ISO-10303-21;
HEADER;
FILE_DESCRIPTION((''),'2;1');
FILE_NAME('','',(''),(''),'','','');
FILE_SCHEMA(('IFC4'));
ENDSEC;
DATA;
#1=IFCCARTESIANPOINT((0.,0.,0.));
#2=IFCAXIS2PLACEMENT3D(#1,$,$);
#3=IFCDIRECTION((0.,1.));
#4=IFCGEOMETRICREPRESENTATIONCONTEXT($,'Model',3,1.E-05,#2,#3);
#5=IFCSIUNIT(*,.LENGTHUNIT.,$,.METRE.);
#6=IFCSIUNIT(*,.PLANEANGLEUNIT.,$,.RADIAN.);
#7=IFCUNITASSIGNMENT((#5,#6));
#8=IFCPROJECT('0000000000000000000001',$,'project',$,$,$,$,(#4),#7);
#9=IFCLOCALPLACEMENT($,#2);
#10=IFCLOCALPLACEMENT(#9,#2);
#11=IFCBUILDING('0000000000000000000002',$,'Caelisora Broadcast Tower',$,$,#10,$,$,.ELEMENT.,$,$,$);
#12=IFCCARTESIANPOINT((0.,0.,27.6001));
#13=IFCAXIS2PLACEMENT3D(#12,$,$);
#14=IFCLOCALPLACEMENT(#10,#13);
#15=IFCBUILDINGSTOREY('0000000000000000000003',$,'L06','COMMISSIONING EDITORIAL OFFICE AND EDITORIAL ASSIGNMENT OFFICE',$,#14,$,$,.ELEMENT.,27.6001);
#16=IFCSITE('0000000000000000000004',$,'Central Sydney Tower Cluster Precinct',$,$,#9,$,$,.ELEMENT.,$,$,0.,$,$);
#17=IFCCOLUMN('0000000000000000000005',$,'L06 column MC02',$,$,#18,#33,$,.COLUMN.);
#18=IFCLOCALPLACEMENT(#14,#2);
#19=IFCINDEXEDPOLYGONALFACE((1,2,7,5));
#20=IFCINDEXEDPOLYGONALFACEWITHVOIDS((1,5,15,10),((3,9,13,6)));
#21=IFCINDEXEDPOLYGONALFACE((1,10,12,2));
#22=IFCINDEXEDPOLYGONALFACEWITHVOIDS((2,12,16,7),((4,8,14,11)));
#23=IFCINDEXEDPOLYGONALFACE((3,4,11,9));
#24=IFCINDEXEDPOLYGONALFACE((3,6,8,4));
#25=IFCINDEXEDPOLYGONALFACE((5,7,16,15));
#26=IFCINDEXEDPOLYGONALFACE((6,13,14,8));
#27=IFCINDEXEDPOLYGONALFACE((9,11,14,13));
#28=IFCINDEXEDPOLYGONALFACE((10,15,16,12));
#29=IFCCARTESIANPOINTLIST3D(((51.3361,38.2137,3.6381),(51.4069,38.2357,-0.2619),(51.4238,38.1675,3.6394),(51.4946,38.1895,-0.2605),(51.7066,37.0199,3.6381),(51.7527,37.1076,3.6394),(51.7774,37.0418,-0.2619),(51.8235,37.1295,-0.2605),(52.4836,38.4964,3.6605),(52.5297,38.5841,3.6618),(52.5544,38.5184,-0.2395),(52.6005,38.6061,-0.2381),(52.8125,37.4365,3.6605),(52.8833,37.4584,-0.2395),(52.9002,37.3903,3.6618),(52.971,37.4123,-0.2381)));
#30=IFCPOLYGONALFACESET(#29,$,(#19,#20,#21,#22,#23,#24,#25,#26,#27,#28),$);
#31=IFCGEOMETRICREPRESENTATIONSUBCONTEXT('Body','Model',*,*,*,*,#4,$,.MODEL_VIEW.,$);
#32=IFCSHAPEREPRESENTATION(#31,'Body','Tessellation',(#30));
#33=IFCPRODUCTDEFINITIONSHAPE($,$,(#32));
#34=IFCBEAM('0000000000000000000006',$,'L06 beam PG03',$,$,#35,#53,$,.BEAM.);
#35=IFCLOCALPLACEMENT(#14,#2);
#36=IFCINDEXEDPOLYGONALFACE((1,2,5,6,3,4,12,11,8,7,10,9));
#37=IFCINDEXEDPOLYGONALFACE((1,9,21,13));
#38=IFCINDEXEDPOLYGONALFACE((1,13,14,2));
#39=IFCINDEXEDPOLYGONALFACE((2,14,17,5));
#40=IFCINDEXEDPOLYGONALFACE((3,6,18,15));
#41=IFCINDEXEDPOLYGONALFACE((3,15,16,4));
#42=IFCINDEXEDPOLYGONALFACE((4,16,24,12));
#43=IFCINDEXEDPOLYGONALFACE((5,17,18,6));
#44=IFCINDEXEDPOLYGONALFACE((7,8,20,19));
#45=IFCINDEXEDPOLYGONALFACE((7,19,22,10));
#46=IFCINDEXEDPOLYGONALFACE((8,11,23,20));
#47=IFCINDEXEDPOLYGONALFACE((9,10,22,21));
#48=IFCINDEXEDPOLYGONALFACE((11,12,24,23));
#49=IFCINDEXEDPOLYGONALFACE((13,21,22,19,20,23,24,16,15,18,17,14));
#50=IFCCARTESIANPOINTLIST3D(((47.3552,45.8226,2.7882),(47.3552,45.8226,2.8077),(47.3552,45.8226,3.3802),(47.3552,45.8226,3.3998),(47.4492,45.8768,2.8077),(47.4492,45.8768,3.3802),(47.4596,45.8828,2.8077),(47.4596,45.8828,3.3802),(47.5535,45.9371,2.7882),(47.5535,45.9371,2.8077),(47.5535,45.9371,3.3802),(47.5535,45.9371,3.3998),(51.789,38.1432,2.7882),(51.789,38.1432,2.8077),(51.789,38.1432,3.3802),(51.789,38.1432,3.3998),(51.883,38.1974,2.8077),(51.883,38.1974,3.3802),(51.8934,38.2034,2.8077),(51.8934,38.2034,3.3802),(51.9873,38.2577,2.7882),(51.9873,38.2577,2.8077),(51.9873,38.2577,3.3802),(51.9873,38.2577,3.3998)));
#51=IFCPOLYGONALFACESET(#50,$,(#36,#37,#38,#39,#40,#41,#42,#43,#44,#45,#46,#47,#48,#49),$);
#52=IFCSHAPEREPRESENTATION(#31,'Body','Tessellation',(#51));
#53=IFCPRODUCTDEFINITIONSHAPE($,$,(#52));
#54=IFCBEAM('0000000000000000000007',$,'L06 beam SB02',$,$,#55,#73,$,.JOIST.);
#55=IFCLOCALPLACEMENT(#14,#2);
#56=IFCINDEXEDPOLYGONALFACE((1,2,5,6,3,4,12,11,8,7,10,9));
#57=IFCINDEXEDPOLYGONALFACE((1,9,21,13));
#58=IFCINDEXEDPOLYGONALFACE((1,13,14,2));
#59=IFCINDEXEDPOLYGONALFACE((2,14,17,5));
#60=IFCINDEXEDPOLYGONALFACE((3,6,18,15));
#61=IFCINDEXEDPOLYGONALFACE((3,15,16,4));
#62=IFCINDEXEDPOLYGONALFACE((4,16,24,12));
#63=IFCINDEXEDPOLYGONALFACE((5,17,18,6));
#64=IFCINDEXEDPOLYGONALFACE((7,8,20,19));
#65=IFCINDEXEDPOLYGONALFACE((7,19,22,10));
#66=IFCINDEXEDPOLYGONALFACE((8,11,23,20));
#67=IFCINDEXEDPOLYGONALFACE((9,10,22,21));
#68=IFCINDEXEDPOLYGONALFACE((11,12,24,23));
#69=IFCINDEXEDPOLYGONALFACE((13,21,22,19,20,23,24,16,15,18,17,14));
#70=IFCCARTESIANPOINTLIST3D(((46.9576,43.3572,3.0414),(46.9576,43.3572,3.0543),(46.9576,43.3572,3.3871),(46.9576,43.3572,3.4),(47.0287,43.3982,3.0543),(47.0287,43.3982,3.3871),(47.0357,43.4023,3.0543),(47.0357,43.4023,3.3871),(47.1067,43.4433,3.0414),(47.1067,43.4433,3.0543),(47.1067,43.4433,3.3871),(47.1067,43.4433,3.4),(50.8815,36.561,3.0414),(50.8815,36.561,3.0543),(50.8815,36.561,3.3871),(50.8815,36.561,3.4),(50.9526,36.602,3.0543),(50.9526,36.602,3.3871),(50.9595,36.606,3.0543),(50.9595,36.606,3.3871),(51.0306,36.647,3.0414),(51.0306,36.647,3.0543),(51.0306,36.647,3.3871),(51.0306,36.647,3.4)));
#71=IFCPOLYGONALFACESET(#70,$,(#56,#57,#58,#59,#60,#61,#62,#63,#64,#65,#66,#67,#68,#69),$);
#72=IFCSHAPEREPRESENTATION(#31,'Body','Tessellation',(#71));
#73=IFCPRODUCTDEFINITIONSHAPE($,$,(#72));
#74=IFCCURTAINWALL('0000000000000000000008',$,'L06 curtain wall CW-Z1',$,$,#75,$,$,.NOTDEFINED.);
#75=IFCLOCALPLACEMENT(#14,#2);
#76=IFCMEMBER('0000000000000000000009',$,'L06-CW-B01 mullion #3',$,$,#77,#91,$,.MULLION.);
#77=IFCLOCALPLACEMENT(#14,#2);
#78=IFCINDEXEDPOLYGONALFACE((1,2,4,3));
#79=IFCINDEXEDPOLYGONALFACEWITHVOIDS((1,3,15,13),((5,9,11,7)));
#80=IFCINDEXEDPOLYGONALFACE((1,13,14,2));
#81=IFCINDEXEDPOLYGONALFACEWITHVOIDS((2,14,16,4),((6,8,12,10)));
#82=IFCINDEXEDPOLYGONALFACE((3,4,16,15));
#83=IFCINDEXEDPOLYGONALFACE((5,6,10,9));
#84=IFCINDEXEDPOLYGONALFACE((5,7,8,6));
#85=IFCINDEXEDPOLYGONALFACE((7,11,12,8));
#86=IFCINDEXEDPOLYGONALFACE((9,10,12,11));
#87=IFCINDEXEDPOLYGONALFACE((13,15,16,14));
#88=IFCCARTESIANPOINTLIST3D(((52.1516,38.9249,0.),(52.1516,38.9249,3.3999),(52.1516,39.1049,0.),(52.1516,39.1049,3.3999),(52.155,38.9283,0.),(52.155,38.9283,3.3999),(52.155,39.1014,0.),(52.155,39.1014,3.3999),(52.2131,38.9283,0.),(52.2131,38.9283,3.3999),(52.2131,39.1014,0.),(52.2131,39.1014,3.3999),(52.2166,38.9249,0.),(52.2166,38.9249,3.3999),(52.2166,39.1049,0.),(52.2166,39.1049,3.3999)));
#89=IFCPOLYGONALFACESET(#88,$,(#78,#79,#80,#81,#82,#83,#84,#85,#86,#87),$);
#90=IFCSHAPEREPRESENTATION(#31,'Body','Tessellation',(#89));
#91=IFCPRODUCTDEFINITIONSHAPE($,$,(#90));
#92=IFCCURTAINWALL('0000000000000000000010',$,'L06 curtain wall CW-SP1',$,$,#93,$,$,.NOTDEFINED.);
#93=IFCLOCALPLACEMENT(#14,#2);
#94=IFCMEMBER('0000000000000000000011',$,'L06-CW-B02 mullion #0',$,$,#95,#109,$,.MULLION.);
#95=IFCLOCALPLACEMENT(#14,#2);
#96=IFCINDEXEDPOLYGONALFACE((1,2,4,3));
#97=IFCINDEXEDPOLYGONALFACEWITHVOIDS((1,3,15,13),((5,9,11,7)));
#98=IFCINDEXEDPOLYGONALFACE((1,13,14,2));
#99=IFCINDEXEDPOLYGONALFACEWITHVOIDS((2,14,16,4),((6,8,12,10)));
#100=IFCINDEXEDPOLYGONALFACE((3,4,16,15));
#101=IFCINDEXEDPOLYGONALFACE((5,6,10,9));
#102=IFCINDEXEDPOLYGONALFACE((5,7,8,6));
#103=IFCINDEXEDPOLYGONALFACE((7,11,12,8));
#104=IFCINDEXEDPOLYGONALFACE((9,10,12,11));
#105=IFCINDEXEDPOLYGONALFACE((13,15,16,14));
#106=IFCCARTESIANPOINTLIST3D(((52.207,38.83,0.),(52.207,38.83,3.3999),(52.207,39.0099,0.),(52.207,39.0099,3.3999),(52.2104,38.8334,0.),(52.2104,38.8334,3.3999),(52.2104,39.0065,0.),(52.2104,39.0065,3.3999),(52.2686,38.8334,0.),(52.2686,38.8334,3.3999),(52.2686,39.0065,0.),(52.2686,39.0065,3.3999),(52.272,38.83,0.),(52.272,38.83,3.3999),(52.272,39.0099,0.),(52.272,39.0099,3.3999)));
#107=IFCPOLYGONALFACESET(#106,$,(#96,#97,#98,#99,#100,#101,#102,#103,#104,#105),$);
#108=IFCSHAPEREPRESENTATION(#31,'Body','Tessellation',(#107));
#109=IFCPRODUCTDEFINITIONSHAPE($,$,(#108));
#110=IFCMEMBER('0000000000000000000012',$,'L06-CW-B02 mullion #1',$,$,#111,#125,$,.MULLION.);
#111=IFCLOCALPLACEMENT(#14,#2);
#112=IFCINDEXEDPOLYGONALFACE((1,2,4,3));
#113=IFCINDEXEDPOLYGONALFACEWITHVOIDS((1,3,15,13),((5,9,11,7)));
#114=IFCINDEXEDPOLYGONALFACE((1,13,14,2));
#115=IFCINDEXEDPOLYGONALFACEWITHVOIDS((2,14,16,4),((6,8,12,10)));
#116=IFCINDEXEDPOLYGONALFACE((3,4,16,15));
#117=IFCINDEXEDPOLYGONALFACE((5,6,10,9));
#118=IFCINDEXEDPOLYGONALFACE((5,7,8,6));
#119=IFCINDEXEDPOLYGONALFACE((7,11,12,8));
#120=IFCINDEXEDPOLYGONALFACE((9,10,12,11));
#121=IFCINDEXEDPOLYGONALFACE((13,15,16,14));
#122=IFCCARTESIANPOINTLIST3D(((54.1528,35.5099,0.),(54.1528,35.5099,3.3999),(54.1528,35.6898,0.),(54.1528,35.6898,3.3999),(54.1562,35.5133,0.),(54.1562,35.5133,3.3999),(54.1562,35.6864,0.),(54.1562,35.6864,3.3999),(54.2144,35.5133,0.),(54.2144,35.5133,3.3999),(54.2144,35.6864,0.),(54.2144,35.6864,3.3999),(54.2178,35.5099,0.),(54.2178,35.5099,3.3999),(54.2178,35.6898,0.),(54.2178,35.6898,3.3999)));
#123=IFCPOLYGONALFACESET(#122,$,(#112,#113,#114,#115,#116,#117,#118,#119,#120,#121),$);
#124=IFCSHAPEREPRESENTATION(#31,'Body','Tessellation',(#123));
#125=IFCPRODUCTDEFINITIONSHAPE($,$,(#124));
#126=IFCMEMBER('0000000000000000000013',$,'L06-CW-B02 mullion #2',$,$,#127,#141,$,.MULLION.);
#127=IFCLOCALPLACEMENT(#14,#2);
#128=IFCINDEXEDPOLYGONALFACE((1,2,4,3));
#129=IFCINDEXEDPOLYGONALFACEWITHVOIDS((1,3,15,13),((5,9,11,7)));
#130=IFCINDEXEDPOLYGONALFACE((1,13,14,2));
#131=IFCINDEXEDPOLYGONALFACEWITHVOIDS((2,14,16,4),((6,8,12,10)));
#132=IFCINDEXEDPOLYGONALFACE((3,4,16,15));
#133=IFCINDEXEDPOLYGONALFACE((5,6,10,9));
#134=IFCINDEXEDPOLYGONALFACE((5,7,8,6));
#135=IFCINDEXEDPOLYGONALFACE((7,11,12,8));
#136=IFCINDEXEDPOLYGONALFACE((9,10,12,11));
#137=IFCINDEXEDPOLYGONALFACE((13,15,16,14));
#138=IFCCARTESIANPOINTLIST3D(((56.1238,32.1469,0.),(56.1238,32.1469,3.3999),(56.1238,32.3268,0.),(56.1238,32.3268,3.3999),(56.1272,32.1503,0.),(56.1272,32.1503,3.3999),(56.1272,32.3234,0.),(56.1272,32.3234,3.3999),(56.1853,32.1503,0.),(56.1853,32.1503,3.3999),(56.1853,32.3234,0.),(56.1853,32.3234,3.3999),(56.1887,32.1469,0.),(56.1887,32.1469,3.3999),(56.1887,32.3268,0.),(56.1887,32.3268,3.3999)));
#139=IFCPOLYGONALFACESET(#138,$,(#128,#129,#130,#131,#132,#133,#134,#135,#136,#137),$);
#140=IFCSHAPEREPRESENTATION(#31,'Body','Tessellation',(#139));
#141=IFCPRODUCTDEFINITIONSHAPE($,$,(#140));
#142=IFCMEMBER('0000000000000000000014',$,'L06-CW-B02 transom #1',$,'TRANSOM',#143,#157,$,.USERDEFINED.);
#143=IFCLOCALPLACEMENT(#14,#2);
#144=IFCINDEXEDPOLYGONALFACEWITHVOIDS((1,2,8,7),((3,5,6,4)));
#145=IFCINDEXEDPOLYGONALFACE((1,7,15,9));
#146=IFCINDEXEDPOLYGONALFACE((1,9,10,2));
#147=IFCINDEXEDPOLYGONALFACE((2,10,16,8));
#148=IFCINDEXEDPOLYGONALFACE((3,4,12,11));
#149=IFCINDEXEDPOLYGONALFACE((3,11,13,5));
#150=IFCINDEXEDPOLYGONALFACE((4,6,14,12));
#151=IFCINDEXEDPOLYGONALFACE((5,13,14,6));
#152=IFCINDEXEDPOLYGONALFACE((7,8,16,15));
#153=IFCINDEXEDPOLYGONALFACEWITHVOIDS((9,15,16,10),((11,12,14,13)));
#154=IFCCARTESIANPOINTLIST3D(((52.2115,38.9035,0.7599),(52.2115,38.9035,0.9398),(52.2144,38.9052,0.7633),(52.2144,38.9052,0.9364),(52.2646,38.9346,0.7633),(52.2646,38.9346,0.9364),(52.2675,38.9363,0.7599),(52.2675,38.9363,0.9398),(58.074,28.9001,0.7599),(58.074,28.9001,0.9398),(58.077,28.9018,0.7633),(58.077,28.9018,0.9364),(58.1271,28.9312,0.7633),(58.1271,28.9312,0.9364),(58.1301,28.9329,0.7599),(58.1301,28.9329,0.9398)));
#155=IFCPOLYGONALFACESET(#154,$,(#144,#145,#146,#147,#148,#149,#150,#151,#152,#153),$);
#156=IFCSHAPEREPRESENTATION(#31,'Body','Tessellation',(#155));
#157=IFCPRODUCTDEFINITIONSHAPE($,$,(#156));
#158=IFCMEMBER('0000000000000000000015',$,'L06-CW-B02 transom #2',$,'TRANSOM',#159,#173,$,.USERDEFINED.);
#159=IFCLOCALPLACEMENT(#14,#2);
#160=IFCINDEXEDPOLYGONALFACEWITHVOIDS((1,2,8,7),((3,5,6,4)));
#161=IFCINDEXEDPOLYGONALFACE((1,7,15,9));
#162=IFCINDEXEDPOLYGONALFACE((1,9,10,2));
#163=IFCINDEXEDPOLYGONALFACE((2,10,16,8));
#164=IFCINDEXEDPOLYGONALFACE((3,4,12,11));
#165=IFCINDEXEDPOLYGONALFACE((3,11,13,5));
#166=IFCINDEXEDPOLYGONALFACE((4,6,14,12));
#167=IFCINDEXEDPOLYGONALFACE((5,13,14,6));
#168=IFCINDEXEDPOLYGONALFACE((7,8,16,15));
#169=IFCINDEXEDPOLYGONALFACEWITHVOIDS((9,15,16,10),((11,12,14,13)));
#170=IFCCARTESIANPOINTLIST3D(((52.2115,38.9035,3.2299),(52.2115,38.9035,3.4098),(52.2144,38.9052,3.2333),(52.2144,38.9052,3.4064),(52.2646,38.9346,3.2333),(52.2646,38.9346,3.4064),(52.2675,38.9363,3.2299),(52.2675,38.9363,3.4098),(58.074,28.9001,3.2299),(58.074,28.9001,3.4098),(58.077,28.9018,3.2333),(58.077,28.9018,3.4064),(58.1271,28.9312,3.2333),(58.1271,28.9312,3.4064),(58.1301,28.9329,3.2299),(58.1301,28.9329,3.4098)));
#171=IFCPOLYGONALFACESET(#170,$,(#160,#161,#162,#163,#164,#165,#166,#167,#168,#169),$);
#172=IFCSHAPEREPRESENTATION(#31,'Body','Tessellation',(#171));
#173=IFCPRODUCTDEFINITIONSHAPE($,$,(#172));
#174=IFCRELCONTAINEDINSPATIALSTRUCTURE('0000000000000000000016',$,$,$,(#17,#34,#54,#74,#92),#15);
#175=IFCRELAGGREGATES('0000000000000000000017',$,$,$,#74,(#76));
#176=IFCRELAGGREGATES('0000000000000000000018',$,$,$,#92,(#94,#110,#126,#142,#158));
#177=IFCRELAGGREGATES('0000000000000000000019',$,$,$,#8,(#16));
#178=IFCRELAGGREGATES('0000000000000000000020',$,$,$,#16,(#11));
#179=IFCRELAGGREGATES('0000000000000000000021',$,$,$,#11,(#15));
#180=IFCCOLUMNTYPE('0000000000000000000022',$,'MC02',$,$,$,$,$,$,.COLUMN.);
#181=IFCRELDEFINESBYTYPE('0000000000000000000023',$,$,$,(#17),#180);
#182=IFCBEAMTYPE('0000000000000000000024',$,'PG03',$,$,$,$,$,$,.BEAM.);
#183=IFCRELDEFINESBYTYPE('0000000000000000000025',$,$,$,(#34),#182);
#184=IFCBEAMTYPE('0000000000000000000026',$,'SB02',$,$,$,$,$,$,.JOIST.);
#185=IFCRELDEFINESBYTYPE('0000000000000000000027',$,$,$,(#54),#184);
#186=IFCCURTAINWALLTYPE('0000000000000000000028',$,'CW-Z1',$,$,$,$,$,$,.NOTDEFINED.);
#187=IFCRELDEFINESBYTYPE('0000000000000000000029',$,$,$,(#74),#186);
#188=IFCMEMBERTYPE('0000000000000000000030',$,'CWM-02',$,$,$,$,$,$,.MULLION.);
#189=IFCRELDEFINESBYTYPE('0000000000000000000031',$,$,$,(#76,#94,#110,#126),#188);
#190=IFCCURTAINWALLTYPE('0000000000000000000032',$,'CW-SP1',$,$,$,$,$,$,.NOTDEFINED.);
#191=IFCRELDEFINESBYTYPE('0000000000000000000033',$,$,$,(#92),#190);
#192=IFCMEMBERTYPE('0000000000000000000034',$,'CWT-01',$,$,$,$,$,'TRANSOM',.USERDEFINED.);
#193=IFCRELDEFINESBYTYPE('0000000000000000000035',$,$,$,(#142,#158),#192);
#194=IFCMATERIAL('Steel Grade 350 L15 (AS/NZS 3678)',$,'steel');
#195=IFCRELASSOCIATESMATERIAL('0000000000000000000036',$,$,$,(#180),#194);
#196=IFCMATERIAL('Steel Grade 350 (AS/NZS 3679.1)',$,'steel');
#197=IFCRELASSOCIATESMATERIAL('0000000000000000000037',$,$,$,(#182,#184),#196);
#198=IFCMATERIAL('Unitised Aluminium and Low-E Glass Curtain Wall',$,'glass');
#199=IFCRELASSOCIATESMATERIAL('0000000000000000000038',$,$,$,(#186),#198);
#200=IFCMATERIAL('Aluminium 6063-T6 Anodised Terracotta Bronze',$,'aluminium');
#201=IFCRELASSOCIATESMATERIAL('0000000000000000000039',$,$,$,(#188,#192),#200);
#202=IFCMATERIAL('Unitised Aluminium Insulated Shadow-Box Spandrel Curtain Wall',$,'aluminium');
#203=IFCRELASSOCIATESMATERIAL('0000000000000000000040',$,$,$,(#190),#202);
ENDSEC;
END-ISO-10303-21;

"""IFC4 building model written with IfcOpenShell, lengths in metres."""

from ifc_helpers import new_model, si_unit, direction, frame, origin, origin_2d, place, context, subcontext, project, spatial, hollow_rectangle, i_section, extrude, source, transform, mapped, material, material_profile, profile_set, type_object, type_shapes, element, aggregate, save


model = new_model("IFC4")

# Units and contexts
model_context = context("Model", 3, precision=1e-05, world=origin(), true_north=direction((0.0, 1.0)))
body_context = subcontext(model_context, "Body", "Model", "MODEL_VIEW")
ifc_project = project(units=[si_unit("LENGTHUNIT", "METRE"), si_unit("PLANEANGLEUNIT", "RADIAN")], contexts=[model_context])

# Site, building, storey
site_placement = place(None, origin())
site = spatial("IfcSite", under=ifc_project, at=site_placement, Name="Central Sydney Tower Cluster Precinct", CompositionType="ELEMENT", RefElevation=0.0)
building_placement = place(site_placement, origin())
building = spatial("IfcBuilding", under=site, at=building_placement, Name="Caelisora Broadcast Tower", CompositionType="ELEMENT")
storey_placement = place(building_placement, frame((0.0, 0.0, 27.6001)))
storey = spatial("IfcBuildingStorey", under=building, at=storey_placement, Name="L06", Description="COMMISSIONING EDITORIAL OFFICE AND EDITORIAL ASSIGNMENT OFFICE", CompositionType="ELEMENT", Elevation=27.6001)

# Column
ifc_material_1 = material(Name="Steel Grade 350 L15 (AS/NZS 3678)", Category="steel")
ifc_material_profile_1 = material_profile(ifc_material_1, hollow_rectangle(XDim=1.25, YDim=1.25, WallThickness=0.0701, at=origin_2d()), Name="Steel Grade 350 L15 (AS/NZS 3678)")
ifc_profile_set_1 = profile_set([ifc_material_profile_1], Name="Steel Grade 350 L15 (AS/NZS 3678)")
column_type = type_object("IfcColumnType", Name="MC02", PredefinedType="COLUMN", material=ifc_profile_set_1)
shared_shape_1 = source(origin(), body_context, "Body", "SweptSolid", [
    extrude(hollow_rectangle(XDim=1.25, YDim=1.25, WallThickness=0.0701, at=origin_2d()), origin(), (0.0, 0.0, 1.0), 3.9006),
])
type_shapes(column_type, [shared_shape_1])
column_placement = place(storey_placement, frame((52.189, 37.824, -0.25), z_axis=(-0.018151, -0.005633, 0.999819), x_axis=(0.296399, -0.955064, 0.0)))
element("IfcColumn", 1, at=column_placement, inside=storey, type_object=column_type, Name="L06 column MC02", PredefinedType="COLUMN", context=body_context, shape_type="MappedRepresentation", body=[
    mapped(shared_shape_1, transform((0.0, 0.0, 0.0), scale=1.0)),
])

# Beams
ifc_material_2 = material(Name="Steel Grade 350 (AS/NZS 3679.1)", Category="steel")
ifc_material_profile_2 = material_profile(ifc_material_2, i_section(OverallWidth=0.229, OverallDepth=0.6116, WebThickness=0.012, FlangeThickness=0.0195, at=origin_2d()), Name="Steel Grade 350 (AS/NZS 3679.1)")
ifc_profile_set_2 = profile_set([ifc_material_profile_2], Name="Steel Grade 350 (AS/NZS 3679.1)")
beam_type_1 = type_object("IfcBeamType", Name="PG03", PredefinedType="BEAM", material=ifc_profile_set_2)
shared_shape_2 = source(origin(), body_context, "Body", "SweptSolid", [
    extrude(i_section(OverallWidth=0.229, OverallDepth=0.6116, WebThickness=0.012, FlangeThickness=0.0195, at=origin_2d()), origin(), (0.0, 0.0, 1.0), 8.8674),
])
type_shapes(beam_type_1, [shared_shape_2])
beam_1_placement = place(storey_placement, frame((51.8882, 38.2004, 3.094), z_axis=(-0.500009, 0.86602, 0.0), x_axis=(-0.86602, -0.500009, 0.0)))
element("IfcBeam", 2, at=beam_1_placement, inside=storey, type_object=beam_type_1, Name="L06 beam PG03", PredefinedType="BEAM", context=body_context, shape_type="MappedRepresentation", body=[
    mapped(shared_shape_2, transform((0.0, 0.0, 0.0), scale=1.0)),
])
ifc_material_profile_3 = material_profile(ifc_material_2, i_section(OverallWidth=0.1721, OverallDepth=0.3586, WebThickness=0.0081, FlangeThickness=0.0129, at=origin_2d()), Name="Steel Grade 350 (AS/NZS 3679.1)")
ifc_profile_set_3 = profile_set([ifc_material_profile_3], Name="Steel Grade 350 (AS/NZS 3679.1)")
beam_type_2 = type_object("IfcBeamType", Name="SB02", PredefinedType="JOIST", material=ifc_profile_set_3)
shared_shape_3 = source(origin(), body_context, "Body", "SweptSolid", [
    extrude(i_section(OverallWidth=0.1721, OverallDepth=0.3586, WebThickness=0.0081, FlangeThickness=0.0129, at=origin_2d()), origin(), (0.0, 0.0, 1.0), 7.8477),
])
type_shapes(beam_type_2, [shared_shape_3])
beam_2_placement = place(storey_placement, frame((50.9561, 36.604, 3.2207), z_axis=(-0.500007, 0.866021, 0.0), x_axis=(-0.866021, -0.500007, 0.0)))
element("IfcBeam", 3, at=beam_2_placement, inside=storey, type_object=beam_type_2, Name="L06 beam SB02", PredefinedType="JOIST", context=body_context, shape_type="MappedRepresentation", body=[
    mapped(shared_shape_3, transform((0.0, 0.0, 0.0), scale=1.0)),
])

# Curtain wall, member
ifc_material_3 = material(Name="Unitised Aluminium and Low-E Glass Curtain Wall", Category="glass")
curtain_wall_type_1 = type_object("IfcCurtainWallType", Name="CW-Z1", PredefinedType="NOTDEFINED", material=ifc_material_3)
curtain_wall_1_placement = place(storey_placement, origin())
curtain_wall_1 = element("IfcCurtainWall", 4, at=curtain_wall_1_placement, inside=storey, type_object=curtain_wall_type_1, Name="L06 curtain wall CW-Z1", PredefinedType="NOTDEFINED")
ifc_material_4 = material(Name="Aluminium 6063-T6 Anodised Terracotta Bronze", Category="aluminium")
ifc_material_profile_4 = material_profile(ifc_material_4, hollow_rectangle(XDim=0.0649, YDim=0.1799, WallThickness=0.0034, at=origin_2d()), Name="Aluminium 6063-T6 Anodised Terracotta Bronze")
ifc_profile_set_4 = profile_set([ifc_material_profile_4], Name="Aluminium 6063-T6 Anodised Terracotta Bronze")
member_type_1 = type_object("IfcMemberType", Name="CWM-02", PredefinedType="MULLION", material=ifc_profile_set_4)
shared_shape_4 = source(origin(), body_context, "Body", "SweptSolid", [
    extrude(hollow_rectangle(XDim=0.0649, YDim=0.1799, WallThickness=0.0034, at=origin_2d()), origin(), (0.0, 0.0, 1.0), 3.3999),
])
type_shapes(member_type_1, [shared_shape_4])
member_1_placement = place(storey_placement, frame((52.1841, 39.0149, 0.0), z_axis=(0.0, 0.0, 1.0), x_axis=(1.0, 0.0, 0.0)))
member_1 = element("IfcMember", 5, at=member_1_placement, type_object=member_type_1, Name="L06-CW-B01 mullion #3", PredefinedType="MULLION", context=body_context, shape_type="MappedRepresentation", body=[
    mapped(shared_shape_4, transform((0.0, 0.0, 0.0), scale=1.0)),
])

# Curtain wall, members
ifc_material_5 = material(Name="Unitised Aluminium Insulated Shadow-Box Spandrel Curtain Wall", Category="aluminium")
curtain_wall_type_2 = type_object("IfcCurtainWallType", Name="CW-SP1", PredefinedType="NOTDEFINED", material=ifc_material_5)
curtain_wall_2_placement = place(storey_placement, origin())
curtain_wall_2 = element("IfcCurtainWall", 6, at=curtain_wall_2_placement, inside=storey, type_object=curtain_wall_type_2, Name="L06 curtain wall CW-SP1", PredefinedType="NOTDEFINED")
member_2_placement = place(storey_placement, frame((52.2395, 38.9199, 0.0), z_axis=(0.0, 0.0, 1.0), x_axis=(1.0, 0.0, 0.0)))
member_2 = element("IfcMember", 7, at=member_2_placement, type_object=member_type_1, Name="L06-CW-B02 mullion #0", PredefinedType="MULLION", context=body_context, shape_type="MappedRepresentation", body=[
    mapped(shared_shape_4, transform((0.0, 0.0, 0.0), scale=1.0)),
])
member_3_placement = place(storey_placement, frame((54.1853, 35.5999, 0.0), z_axis=(0.0, 0.0, 1.0), x_axis=(1.0, 0.0, 0.0)))
member_3 = element("IfcMember", 8, at=member_3_placement, type_object=member_type_1, Name="L06-CW-B02 mullion #1", PredefinedType="MULLION", context=body_context, shape_type="MappedRepresentation", body=[
    mapped(shared_shape_4, transform((0.0, 0.0, 0.0), scale=1.0)),
])
member_4_placement = place(storey_placement, frame((56.1562, 32.2368, 0.0), z_axis=(0.0, 0.0, 1.0), x_axis=(1.0, 0.0, 0.0)))
member_4 = element("IfcMember", 9, at=member_4_placement, type_object=member_type_1, Name="L06-CW-B02 mullion #2", PredefinedType="MULLION", context=body_context, shape_type="MappedRepresentation", body=[
    mapped(shared_shape_4, transform((0.0, 0.0, 0.0), scale=1.0)),
])
ifc_material_profile_5 = material_profile(ifc_material_4, hollow_rectangle(XDim=0.0649, YDim=0.1799, WallThickness=0.0034, at=origin_2d()), Name="Aluminium 6063-T6 Anodised Terracotta Bronze")
ifc_profile_set_5 = profile_set([ifc_material_profile_5], Name="Aluminium 6063-T6 Anodised Terracotta Bronze")
member_type_2 = type_object("IfcMemberType", Name="CWT-01", ElementType="TRANSOM", PredefinedType="USERDEFINED", material=ifc_profile_set_5)
shared_shape_5 = source(origin(), body_context, "Body", "SweptSolid", [
    extrude(hollow_rectangle(XDim=0.0649, YDim=0.1799, WallThickness=0.0034, at=origin_2d()), origin(), (0.0, 0.0, 1.0), 11.5947),
])
type_shapes(member_type_2, [shared_shape_5])
member_5_placement = place(storey_placement, frame((52.2395, 38.9199, 0.8499), z_axis=(0.505622, -0.862755, 0.0), x_axis=(0.862755, 0.505622, 0.0)))
member_5 = element("IfcMember", 10, at=member_5_placement, type_object=member_type_2, Name="L06-CW-B02 transom #1", ObjectType="TRANSOM", PredefinedType="USERDEFINED", context=body_context, shape_type="MappedRepresentation", body=[
    mapped(shared_shape_5, transform((0.0, 0.0, 0.0), scale=1.0)),
])
member_6_placement = place(storey_placement, frame((52.2395, 38.9199, 3.3198), z_axis=(0.505622, -0.862755, 0.0), x_axis=(0.862755, 0.505622, 0.0)))
member_6 = element("IfcMember", 11, at=member_6_placement, type_object=member_type_2, Name="L06-CW-B02 transom #2", ObjectType="TRANSOM", PredefinedType="USERDEFINED", context=body_context, shape_type="MappedRepresentation", body=[
    mapped(shared_shape_5, transform((0.0, 0.0, 0.0), scale=1.0)),
])

aggregate(curtain_wall_1, [member_1])
aggregate(curtain_wall_2, [member_2, member_3, member_4, member_5, member_6])

save(model, "model.ifc")
